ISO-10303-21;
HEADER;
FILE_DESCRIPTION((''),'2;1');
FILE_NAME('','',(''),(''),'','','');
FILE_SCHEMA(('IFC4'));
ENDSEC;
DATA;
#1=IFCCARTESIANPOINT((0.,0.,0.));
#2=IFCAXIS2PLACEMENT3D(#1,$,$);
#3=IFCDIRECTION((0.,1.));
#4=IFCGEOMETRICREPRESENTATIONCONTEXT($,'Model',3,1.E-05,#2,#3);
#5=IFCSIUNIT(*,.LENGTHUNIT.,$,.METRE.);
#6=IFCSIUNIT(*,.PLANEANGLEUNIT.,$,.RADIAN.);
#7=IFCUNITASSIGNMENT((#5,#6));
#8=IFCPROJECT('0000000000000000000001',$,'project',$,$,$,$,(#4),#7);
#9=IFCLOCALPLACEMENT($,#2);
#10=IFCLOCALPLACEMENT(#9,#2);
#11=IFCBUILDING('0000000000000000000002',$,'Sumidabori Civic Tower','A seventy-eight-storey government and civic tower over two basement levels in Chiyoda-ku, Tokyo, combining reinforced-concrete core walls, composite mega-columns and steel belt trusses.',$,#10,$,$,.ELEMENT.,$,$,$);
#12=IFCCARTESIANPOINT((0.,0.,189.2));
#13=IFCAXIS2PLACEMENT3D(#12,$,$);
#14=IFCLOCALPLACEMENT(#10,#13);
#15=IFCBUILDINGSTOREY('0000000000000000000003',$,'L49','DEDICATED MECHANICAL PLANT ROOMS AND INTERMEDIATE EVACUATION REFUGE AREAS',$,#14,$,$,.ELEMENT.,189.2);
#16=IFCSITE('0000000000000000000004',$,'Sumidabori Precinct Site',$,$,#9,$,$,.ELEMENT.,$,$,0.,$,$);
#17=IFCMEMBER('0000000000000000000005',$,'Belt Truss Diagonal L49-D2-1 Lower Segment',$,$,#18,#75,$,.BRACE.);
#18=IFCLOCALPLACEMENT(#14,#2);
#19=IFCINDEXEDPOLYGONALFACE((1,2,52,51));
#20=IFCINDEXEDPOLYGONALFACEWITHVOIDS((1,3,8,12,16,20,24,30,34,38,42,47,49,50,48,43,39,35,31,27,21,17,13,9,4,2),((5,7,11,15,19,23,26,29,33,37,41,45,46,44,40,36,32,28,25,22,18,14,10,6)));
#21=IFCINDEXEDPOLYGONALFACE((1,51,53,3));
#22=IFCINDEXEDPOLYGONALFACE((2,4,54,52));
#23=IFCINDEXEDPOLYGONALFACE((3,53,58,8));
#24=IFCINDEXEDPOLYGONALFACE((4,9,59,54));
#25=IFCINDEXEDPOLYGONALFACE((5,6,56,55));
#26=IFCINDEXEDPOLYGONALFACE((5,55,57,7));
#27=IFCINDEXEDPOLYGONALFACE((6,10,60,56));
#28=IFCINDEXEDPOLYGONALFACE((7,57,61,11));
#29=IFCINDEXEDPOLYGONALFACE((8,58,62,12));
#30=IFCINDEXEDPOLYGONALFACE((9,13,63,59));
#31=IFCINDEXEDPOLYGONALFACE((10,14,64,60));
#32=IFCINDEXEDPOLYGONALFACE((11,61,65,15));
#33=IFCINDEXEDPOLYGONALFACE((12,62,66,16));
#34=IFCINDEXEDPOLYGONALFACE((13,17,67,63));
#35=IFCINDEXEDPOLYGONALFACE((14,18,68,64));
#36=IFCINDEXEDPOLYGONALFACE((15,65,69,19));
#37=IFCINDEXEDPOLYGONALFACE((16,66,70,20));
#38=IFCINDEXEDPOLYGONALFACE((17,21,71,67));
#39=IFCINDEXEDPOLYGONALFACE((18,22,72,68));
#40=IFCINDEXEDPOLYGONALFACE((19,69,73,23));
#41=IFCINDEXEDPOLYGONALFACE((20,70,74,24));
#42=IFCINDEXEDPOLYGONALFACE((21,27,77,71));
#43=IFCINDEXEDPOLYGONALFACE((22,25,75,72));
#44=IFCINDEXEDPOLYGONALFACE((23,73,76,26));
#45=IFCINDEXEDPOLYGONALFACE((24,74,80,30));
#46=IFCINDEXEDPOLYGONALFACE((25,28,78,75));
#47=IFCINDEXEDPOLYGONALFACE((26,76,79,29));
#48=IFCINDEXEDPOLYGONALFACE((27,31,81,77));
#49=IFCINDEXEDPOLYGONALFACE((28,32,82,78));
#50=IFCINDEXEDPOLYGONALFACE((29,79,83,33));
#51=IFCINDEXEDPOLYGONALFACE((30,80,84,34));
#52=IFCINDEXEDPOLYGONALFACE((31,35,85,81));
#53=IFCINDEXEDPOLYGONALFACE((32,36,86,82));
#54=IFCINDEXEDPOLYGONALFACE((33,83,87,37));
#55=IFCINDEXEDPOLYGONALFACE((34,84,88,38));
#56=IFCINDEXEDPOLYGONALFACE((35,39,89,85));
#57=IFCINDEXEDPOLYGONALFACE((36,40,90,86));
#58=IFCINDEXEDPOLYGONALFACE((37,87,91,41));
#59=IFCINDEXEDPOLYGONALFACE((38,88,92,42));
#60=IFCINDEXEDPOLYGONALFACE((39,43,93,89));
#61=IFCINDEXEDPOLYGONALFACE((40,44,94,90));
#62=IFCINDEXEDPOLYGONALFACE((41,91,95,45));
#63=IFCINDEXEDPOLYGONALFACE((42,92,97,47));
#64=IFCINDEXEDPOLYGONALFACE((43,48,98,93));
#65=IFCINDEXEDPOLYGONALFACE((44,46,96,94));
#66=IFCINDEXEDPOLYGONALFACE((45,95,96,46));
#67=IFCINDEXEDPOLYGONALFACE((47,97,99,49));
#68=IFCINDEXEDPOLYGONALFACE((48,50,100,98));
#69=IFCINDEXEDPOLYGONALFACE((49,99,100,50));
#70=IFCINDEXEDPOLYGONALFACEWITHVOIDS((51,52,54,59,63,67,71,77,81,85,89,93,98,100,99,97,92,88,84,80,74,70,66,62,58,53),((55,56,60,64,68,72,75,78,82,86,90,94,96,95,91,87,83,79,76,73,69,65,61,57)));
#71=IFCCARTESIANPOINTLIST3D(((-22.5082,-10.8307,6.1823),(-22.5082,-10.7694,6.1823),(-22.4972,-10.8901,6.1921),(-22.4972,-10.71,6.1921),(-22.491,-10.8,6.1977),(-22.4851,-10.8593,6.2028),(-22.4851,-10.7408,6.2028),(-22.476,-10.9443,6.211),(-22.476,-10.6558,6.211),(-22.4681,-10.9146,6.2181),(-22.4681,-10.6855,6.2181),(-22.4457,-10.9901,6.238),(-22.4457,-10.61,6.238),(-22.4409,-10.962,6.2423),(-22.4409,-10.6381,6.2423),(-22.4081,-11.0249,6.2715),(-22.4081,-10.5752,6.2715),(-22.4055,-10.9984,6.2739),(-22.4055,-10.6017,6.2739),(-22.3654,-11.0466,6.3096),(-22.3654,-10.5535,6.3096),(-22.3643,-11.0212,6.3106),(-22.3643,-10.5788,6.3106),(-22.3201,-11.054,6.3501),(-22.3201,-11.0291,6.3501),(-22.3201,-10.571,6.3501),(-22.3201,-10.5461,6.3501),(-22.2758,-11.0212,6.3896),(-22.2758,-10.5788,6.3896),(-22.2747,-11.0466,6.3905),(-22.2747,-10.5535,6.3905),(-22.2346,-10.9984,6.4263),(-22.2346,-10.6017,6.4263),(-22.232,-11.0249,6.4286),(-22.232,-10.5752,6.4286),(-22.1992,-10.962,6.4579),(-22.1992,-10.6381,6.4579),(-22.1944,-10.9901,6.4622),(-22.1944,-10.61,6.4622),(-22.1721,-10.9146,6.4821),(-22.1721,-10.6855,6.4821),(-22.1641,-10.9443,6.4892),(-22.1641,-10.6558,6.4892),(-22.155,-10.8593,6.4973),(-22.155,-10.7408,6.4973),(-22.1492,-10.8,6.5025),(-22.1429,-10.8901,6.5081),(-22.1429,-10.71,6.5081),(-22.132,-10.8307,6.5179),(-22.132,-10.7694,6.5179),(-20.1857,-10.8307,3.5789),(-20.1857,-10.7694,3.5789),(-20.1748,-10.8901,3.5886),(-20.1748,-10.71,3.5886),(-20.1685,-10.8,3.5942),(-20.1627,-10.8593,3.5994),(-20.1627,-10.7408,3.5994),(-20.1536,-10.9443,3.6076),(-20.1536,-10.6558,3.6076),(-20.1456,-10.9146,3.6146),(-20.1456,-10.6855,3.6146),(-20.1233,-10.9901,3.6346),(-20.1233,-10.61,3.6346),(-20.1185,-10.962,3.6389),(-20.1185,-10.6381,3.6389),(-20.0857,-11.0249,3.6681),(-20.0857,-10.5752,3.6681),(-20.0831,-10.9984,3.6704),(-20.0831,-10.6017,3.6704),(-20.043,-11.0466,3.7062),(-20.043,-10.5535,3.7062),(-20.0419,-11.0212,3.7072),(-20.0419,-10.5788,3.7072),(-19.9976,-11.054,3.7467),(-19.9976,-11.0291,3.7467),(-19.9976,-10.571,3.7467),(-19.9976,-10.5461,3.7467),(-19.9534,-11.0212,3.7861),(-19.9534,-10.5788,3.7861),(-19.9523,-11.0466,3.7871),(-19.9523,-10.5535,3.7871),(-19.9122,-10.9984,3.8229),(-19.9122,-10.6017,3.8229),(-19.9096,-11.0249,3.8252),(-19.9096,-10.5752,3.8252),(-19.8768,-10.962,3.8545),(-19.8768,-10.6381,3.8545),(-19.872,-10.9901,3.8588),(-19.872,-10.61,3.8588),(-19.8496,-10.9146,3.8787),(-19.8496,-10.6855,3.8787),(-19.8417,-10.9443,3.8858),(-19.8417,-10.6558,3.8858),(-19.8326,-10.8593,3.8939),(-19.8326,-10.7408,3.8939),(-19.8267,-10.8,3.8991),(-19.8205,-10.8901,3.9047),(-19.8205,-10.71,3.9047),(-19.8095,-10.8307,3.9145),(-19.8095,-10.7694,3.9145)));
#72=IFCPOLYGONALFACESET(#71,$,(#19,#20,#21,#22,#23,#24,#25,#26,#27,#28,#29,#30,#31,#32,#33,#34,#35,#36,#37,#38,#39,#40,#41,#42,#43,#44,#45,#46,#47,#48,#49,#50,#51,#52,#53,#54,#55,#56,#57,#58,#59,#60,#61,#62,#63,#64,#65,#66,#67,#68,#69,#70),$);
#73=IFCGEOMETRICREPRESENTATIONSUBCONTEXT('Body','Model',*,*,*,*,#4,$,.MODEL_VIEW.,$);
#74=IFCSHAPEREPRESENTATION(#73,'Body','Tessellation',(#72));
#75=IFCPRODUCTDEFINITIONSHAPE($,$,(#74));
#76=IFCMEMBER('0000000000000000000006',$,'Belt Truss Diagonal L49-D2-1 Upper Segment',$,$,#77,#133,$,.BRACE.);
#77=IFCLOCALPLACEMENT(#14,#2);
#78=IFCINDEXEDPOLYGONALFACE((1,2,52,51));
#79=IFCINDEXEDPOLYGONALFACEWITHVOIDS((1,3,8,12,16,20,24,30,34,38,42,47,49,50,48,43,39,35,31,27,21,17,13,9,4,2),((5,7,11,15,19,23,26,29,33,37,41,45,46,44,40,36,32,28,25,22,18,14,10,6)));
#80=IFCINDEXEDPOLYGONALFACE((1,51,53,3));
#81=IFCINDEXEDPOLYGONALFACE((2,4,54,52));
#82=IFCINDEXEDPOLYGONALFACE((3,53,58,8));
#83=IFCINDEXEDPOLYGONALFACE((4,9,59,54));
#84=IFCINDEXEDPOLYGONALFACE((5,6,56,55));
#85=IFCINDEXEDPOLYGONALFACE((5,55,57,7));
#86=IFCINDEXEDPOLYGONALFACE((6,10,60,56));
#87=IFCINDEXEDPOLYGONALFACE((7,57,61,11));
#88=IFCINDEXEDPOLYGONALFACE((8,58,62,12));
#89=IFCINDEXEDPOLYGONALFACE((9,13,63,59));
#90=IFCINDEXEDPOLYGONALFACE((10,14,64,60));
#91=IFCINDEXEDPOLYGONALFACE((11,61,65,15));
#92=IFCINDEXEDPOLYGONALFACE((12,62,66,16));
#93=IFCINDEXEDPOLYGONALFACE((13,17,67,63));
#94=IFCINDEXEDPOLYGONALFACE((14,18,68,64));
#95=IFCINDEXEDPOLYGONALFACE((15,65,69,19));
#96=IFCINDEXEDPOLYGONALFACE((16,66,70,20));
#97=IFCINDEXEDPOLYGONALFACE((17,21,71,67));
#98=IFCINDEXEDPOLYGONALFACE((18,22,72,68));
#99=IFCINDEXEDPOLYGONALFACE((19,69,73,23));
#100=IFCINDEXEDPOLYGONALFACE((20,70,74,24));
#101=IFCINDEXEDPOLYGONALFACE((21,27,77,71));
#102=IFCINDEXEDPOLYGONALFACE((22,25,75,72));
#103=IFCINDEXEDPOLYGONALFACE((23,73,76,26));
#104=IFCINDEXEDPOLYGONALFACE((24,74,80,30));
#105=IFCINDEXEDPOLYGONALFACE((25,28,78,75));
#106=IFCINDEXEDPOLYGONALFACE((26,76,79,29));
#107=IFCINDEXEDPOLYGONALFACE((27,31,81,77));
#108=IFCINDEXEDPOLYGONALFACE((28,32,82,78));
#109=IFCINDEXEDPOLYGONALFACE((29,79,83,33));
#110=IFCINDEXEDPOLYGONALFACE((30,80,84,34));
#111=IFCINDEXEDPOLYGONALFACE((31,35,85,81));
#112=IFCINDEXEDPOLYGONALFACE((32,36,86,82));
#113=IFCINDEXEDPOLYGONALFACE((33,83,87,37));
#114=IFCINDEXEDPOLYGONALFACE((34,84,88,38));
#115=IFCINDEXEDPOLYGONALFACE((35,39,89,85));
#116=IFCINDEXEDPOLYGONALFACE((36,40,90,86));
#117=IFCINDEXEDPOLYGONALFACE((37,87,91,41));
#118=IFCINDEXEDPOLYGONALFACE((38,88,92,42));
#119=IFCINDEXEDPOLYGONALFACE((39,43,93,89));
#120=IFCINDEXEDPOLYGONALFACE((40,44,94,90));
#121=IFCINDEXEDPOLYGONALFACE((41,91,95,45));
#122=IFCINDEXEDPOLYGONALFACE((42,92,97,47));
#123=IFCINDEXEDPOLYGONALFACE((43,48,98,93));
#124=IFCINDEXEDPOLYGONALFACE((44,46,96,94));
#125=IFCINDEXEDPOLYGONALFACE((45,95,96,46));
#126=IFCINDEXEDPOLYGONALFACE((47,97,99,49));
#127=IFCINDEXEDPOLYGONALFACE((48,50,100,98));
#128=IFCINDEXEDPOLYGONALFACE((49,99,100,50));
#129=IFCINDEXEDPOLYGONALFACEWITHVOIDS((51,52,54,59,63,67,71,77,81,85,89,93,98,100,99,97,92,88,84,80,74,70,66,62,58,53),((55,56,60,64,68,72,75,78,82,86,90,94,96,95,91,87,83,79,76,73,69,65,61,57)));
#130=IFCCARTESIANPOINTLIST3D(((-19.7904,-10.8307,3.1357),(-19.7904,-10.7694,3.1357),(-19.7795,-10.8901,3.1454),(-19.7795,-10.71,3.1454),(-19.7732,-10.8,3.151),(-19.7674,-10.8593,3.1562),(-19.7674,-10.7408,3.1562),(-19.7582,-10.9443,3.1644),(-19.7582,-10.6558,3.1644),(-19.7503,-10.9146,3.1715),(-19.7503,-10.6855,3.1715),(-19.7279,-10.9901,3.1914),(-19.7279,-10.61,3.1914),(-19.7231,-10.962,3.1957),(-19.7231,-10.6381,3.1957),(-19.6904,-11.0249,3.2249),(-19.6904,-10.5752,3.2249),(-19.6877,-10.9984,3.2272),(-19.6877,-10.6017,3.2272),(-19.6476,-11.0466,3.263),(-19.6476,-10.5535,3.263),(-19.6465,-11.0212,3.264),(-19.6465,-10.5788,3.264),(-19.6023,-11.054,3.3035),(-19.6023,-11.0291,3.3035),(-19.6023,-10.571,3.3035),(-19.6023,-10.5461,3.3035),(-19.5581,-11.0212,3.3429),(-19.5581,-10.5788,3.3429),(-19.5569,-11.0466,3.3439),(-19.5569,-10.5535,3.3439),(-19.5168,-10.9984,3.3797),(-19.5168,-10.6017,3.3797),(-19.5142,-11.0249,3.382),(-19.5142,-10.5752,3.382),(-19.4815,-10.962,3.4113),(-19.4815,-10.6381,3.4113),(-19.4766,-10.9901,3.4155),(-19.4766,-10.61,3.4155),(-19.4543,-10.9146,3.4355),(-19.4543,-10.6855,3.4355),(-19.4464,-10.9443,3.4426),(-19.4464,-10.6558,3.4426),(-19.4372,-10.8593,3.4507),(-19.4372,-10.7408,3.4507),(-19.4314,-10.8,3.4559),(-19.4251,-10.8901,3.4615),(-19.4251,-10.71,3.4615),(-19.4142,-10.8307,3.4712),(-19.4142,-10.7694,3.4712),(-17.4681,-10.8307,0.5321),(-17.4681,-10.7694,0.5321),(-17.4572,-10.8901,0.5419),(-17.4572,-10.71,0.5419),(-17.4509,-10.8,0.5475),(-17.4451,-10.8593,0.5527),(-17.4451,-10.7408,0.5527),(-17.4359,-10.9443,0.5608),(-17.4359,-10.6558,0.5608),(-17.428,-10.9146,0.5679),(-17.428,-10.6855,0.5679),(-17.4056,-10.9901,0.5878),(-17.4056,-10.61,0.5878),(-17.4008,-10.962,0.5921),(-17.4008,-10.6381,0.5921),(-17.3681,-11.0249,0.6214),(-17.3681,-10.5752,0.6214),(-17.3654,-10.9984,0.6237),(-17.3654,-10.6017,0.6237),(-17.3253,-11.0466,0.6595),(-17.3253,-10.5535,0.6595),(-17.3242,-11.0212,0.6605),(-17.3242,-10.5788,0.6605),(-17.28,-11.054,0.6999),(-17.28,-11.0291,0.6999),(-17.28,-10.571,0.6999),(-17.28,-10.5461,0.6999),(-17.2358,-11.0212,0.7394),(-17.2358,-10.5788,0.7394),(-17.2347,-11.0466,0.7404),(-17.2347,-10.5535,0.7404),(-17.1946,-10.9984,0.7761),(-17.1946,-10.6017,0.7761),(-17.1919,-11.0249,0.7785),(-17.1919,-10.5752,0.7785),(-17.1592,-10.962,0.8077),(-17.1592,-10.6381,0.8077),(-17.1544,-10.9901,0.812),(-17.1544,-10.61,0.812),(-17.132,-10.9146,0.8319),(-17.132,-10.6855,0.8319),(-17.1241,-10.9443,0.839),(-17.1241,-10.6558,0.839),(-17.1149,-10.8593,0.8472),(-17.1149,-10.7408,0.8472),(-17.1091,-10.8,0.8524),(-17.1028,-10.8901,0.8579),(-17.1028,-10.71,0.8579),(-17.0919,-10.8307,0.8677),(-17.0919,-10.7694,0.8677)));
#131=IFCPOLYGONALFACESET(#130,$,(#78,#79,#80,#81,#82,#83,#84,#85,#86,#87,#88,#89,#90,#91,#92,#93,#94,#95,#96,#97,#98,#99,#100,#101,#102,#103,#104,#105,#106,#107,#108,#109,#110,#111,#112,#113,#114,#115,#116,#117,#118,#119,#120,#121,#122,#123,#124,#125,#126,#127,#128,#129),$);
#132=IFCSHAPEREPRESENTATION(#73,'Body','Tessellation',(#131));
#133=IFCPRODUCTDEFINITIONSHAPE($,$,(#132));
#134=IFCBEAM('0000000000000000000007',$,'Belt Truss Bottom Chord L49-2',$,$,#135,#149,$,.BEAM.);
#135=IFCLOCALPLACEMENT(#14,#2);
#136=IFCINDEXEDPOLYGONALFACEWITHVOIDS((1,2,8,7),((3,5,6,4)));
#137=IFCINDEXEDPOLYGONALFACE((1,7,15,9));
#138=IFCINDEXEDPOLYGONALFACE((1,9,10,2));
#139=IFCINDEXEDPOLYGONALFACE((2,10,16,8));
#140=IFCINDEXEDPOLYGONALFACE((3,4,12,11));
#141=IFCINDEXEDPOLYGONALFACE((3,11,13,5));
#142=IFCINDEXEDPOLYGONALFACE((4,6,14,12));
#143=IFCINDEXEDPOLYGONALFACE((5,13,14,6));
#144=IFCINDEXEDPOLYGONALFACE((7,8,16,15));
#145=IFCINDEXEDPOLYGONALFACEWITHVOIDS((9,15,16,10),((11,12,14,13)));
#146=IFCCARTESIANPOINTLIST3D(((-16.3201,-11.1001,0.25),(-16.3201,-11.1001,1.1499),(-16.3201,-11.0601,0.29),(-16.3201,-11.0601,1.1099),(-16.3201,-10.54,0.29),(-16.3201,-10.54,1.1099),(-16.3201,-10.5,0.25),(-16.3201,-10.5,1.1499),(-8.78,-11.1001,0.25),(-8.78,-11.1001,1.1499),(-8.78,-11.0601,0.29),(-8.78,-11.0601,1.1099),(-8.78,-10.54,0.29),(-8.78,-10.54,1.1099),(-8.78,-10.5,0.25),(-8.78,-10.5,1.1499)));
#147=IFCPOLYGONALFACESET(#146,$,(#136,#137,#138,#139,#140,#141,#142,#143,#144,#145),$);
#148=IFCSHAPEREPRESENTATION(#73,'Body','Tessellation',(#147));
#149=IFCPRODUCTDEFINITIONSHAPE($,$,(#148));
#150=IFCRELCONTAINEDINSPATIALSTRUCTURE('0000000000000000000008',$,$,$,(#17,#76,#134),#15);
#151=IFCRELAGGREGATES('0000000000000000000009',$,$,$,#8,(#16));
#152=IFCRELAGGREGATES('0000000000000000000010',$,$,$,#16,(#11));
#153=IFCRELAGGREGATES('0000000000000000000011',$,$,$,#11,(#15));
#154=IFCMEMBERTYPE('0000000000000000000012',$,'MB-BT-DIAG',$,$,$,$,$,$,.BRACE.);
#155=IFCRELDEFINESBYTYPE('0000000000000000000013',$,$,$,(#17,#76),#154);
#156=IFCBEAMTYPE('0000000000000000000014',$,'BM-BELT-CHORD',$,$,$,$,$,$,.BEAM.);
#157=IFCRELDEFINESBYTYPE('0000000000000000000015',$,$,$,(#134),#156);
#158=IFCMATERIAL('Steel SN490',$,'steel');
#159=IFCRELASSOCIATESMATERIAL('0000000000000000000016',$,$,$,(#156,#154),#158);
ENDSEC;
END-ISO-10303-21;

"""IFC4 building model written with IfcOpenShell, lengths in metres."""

from ifc_helpers import new_model, si_unit, direction, frame, origin, origin_2d, place, context, subcontext, project, spatial, hollow_rectangle, hollow_circle, extrude, source, transform, mapped, material, material_profile, profile_set, type_object, element, save


model = new_model("IFC4")

# Units and contexts
model_context = context("Model", 3, precision=1e-05, world=origin(), true_north=direction((0.0, 1.0)))
body_context = subcontext(model_context, "Body", "Model", "MODEL_VIEW")
ifc_project = project(units=[si_unit("LENGTHUNIT", "METRE"), si_unit("PLANEANGLEUNIT", "RADIAN")], contexts=[model_context])

# Site, building, storey
site_placement = place(None, origin())
site = spatial("IfcSite", under=ifc_project, at=site_placement, Name="Sumidabori Precinct Site", CompositionType="ELEMENT", RefElevation=0.0)
building_placement = place(site_placement, origin())
building = spatial("IfcBuilding", under=site, at=building_placement, Name="Sumidabori Civic Tower", Description="A seventy-eight-storey government and civic tower over two basement levels in Chiyoda-ku, Tokyo, combining reinforced-concrete core walls, composite mega-columns and steel belt trusses.", CompositionType="ELEMENT")
storey_placement = place(building_placement, frame((0.0, 0.0, 189.2)))
storey = spatial("IfcBuildingStorey", under=building, at=storey_placement, Name="L49", Description="DEDICATED MECHANICAL PLANT ROOMS AND INTERMEDIATE EVACUATION REFUGE AREAS", CompositionType="ELEMENT", Elevation=189.2)

# Shared definitions
ifc_material_1 = material(Name="Steel SN490", Category="steel")
ifc_material_profile_1 = material_profile(ifc_material_1, hollow_rectangle(XDim=0.6001, YDim=0.8999, WallThickness=0.04, at=origin_2d()), Name="RHS 900x600x40")
ifc_profile_set_1 = profile_set([ifc_material_profile_1], Name="Steel SN490")
beam_type_1 = type_object("IfcBeamType", Name="BM-BELT-CHORD", PredefinedType="BEAM", material=ifc_profile_set_1)

# Members
ifc_material_profile_2 = material_profile(ifc_material_1, hollow_circle(Radius=0.2539, WallThickness=0.0249, at=origin_2d()), Name="CHS 508x25")
ifc_profile_set_2 = profile_set([ifc_material_profile_2], Name="Steel SN490")
member_type = type_object("IfcMemberType", Name="MB-BT-DIAG", PredefinedType="BRACE", material=ifc_profile_set_2)
shared_shape_1 = source(origin(), body_context, "Body", "SweptSolid", [
    extrude(hollow_circle(Radius=0.2539, WallThickness=0.0249, at=origin_2d()), origin(), (0.0, 0.0, 1.0), 3.4888),
])
for number, where, z_axis, x_axis, name in (
    (1, (-22.3201, -10.8, 6.3501), (0.665688, 0.0, -0.746231), (0.0, 1.0, 0.0), "Belt Truss Diagonal L49-D2-1 Lower Segment"),
    (2, (-19.6023, -10.8, 3.3035), (0.665649, 0.0, -0.746265), (0.0, 1.0, 0.0), "Belt Truss Diagonal L49-D2-1 Upper Segment"),
):
    element("IfcMember", number, at=place(storey_placement, frame(where, z_axis=z_axis, x_axis=x_axis)), inside=storey, type_object=member_type, Name=name, PredefinedType="BRACE", context=body_context, shape_type="MappedRepresentation", body=[
        mapped(shared_shape_1, transform((0.0, 0.0, 0.0), x_axis=(1.0, 0.0, 0.0), y_axis=(0.0, 1.0, 0.0), z_axis=(0.0, 0.0, 1.0), scale=1.0)),
    ])

# Beam
shared_shape_2 = source(origin(), body_context, "Body", "SweptSolid", [
    extrude(hollow_rectangle(XDim=0.6001, YDim=0.8999, WallThickness=0.04, at=origin_2d()), origin(), (0.0, 0.0, 1.0), 7.54),
])
beam_1_placement = place(storey_placement, frame((-16.3201, -10.8, 0.7), z_axis=(1.0, 0.0, 0.0), x_axis=(0.0, 1.0, 0.0)))
element("IfcBeam", 3, at=beam_1_placement, inside=storey, type_object=beam_type_1, Name="Belt Truss Bottom Chord L49-2", PredefinedType="BEAM", context=body_context, shape_type="MappedRepresentation", body=[
    mapped(shared_shape_2, transform((0.0, 0.0, 0.0), x_axis=(1.0, 0.0, 0.0), y_axis=(0.0, 1.0, 0.0), z_axis=(0.0, 0.0, 1.0), scale=1.0)),
])

save(model, "model.ifc")
